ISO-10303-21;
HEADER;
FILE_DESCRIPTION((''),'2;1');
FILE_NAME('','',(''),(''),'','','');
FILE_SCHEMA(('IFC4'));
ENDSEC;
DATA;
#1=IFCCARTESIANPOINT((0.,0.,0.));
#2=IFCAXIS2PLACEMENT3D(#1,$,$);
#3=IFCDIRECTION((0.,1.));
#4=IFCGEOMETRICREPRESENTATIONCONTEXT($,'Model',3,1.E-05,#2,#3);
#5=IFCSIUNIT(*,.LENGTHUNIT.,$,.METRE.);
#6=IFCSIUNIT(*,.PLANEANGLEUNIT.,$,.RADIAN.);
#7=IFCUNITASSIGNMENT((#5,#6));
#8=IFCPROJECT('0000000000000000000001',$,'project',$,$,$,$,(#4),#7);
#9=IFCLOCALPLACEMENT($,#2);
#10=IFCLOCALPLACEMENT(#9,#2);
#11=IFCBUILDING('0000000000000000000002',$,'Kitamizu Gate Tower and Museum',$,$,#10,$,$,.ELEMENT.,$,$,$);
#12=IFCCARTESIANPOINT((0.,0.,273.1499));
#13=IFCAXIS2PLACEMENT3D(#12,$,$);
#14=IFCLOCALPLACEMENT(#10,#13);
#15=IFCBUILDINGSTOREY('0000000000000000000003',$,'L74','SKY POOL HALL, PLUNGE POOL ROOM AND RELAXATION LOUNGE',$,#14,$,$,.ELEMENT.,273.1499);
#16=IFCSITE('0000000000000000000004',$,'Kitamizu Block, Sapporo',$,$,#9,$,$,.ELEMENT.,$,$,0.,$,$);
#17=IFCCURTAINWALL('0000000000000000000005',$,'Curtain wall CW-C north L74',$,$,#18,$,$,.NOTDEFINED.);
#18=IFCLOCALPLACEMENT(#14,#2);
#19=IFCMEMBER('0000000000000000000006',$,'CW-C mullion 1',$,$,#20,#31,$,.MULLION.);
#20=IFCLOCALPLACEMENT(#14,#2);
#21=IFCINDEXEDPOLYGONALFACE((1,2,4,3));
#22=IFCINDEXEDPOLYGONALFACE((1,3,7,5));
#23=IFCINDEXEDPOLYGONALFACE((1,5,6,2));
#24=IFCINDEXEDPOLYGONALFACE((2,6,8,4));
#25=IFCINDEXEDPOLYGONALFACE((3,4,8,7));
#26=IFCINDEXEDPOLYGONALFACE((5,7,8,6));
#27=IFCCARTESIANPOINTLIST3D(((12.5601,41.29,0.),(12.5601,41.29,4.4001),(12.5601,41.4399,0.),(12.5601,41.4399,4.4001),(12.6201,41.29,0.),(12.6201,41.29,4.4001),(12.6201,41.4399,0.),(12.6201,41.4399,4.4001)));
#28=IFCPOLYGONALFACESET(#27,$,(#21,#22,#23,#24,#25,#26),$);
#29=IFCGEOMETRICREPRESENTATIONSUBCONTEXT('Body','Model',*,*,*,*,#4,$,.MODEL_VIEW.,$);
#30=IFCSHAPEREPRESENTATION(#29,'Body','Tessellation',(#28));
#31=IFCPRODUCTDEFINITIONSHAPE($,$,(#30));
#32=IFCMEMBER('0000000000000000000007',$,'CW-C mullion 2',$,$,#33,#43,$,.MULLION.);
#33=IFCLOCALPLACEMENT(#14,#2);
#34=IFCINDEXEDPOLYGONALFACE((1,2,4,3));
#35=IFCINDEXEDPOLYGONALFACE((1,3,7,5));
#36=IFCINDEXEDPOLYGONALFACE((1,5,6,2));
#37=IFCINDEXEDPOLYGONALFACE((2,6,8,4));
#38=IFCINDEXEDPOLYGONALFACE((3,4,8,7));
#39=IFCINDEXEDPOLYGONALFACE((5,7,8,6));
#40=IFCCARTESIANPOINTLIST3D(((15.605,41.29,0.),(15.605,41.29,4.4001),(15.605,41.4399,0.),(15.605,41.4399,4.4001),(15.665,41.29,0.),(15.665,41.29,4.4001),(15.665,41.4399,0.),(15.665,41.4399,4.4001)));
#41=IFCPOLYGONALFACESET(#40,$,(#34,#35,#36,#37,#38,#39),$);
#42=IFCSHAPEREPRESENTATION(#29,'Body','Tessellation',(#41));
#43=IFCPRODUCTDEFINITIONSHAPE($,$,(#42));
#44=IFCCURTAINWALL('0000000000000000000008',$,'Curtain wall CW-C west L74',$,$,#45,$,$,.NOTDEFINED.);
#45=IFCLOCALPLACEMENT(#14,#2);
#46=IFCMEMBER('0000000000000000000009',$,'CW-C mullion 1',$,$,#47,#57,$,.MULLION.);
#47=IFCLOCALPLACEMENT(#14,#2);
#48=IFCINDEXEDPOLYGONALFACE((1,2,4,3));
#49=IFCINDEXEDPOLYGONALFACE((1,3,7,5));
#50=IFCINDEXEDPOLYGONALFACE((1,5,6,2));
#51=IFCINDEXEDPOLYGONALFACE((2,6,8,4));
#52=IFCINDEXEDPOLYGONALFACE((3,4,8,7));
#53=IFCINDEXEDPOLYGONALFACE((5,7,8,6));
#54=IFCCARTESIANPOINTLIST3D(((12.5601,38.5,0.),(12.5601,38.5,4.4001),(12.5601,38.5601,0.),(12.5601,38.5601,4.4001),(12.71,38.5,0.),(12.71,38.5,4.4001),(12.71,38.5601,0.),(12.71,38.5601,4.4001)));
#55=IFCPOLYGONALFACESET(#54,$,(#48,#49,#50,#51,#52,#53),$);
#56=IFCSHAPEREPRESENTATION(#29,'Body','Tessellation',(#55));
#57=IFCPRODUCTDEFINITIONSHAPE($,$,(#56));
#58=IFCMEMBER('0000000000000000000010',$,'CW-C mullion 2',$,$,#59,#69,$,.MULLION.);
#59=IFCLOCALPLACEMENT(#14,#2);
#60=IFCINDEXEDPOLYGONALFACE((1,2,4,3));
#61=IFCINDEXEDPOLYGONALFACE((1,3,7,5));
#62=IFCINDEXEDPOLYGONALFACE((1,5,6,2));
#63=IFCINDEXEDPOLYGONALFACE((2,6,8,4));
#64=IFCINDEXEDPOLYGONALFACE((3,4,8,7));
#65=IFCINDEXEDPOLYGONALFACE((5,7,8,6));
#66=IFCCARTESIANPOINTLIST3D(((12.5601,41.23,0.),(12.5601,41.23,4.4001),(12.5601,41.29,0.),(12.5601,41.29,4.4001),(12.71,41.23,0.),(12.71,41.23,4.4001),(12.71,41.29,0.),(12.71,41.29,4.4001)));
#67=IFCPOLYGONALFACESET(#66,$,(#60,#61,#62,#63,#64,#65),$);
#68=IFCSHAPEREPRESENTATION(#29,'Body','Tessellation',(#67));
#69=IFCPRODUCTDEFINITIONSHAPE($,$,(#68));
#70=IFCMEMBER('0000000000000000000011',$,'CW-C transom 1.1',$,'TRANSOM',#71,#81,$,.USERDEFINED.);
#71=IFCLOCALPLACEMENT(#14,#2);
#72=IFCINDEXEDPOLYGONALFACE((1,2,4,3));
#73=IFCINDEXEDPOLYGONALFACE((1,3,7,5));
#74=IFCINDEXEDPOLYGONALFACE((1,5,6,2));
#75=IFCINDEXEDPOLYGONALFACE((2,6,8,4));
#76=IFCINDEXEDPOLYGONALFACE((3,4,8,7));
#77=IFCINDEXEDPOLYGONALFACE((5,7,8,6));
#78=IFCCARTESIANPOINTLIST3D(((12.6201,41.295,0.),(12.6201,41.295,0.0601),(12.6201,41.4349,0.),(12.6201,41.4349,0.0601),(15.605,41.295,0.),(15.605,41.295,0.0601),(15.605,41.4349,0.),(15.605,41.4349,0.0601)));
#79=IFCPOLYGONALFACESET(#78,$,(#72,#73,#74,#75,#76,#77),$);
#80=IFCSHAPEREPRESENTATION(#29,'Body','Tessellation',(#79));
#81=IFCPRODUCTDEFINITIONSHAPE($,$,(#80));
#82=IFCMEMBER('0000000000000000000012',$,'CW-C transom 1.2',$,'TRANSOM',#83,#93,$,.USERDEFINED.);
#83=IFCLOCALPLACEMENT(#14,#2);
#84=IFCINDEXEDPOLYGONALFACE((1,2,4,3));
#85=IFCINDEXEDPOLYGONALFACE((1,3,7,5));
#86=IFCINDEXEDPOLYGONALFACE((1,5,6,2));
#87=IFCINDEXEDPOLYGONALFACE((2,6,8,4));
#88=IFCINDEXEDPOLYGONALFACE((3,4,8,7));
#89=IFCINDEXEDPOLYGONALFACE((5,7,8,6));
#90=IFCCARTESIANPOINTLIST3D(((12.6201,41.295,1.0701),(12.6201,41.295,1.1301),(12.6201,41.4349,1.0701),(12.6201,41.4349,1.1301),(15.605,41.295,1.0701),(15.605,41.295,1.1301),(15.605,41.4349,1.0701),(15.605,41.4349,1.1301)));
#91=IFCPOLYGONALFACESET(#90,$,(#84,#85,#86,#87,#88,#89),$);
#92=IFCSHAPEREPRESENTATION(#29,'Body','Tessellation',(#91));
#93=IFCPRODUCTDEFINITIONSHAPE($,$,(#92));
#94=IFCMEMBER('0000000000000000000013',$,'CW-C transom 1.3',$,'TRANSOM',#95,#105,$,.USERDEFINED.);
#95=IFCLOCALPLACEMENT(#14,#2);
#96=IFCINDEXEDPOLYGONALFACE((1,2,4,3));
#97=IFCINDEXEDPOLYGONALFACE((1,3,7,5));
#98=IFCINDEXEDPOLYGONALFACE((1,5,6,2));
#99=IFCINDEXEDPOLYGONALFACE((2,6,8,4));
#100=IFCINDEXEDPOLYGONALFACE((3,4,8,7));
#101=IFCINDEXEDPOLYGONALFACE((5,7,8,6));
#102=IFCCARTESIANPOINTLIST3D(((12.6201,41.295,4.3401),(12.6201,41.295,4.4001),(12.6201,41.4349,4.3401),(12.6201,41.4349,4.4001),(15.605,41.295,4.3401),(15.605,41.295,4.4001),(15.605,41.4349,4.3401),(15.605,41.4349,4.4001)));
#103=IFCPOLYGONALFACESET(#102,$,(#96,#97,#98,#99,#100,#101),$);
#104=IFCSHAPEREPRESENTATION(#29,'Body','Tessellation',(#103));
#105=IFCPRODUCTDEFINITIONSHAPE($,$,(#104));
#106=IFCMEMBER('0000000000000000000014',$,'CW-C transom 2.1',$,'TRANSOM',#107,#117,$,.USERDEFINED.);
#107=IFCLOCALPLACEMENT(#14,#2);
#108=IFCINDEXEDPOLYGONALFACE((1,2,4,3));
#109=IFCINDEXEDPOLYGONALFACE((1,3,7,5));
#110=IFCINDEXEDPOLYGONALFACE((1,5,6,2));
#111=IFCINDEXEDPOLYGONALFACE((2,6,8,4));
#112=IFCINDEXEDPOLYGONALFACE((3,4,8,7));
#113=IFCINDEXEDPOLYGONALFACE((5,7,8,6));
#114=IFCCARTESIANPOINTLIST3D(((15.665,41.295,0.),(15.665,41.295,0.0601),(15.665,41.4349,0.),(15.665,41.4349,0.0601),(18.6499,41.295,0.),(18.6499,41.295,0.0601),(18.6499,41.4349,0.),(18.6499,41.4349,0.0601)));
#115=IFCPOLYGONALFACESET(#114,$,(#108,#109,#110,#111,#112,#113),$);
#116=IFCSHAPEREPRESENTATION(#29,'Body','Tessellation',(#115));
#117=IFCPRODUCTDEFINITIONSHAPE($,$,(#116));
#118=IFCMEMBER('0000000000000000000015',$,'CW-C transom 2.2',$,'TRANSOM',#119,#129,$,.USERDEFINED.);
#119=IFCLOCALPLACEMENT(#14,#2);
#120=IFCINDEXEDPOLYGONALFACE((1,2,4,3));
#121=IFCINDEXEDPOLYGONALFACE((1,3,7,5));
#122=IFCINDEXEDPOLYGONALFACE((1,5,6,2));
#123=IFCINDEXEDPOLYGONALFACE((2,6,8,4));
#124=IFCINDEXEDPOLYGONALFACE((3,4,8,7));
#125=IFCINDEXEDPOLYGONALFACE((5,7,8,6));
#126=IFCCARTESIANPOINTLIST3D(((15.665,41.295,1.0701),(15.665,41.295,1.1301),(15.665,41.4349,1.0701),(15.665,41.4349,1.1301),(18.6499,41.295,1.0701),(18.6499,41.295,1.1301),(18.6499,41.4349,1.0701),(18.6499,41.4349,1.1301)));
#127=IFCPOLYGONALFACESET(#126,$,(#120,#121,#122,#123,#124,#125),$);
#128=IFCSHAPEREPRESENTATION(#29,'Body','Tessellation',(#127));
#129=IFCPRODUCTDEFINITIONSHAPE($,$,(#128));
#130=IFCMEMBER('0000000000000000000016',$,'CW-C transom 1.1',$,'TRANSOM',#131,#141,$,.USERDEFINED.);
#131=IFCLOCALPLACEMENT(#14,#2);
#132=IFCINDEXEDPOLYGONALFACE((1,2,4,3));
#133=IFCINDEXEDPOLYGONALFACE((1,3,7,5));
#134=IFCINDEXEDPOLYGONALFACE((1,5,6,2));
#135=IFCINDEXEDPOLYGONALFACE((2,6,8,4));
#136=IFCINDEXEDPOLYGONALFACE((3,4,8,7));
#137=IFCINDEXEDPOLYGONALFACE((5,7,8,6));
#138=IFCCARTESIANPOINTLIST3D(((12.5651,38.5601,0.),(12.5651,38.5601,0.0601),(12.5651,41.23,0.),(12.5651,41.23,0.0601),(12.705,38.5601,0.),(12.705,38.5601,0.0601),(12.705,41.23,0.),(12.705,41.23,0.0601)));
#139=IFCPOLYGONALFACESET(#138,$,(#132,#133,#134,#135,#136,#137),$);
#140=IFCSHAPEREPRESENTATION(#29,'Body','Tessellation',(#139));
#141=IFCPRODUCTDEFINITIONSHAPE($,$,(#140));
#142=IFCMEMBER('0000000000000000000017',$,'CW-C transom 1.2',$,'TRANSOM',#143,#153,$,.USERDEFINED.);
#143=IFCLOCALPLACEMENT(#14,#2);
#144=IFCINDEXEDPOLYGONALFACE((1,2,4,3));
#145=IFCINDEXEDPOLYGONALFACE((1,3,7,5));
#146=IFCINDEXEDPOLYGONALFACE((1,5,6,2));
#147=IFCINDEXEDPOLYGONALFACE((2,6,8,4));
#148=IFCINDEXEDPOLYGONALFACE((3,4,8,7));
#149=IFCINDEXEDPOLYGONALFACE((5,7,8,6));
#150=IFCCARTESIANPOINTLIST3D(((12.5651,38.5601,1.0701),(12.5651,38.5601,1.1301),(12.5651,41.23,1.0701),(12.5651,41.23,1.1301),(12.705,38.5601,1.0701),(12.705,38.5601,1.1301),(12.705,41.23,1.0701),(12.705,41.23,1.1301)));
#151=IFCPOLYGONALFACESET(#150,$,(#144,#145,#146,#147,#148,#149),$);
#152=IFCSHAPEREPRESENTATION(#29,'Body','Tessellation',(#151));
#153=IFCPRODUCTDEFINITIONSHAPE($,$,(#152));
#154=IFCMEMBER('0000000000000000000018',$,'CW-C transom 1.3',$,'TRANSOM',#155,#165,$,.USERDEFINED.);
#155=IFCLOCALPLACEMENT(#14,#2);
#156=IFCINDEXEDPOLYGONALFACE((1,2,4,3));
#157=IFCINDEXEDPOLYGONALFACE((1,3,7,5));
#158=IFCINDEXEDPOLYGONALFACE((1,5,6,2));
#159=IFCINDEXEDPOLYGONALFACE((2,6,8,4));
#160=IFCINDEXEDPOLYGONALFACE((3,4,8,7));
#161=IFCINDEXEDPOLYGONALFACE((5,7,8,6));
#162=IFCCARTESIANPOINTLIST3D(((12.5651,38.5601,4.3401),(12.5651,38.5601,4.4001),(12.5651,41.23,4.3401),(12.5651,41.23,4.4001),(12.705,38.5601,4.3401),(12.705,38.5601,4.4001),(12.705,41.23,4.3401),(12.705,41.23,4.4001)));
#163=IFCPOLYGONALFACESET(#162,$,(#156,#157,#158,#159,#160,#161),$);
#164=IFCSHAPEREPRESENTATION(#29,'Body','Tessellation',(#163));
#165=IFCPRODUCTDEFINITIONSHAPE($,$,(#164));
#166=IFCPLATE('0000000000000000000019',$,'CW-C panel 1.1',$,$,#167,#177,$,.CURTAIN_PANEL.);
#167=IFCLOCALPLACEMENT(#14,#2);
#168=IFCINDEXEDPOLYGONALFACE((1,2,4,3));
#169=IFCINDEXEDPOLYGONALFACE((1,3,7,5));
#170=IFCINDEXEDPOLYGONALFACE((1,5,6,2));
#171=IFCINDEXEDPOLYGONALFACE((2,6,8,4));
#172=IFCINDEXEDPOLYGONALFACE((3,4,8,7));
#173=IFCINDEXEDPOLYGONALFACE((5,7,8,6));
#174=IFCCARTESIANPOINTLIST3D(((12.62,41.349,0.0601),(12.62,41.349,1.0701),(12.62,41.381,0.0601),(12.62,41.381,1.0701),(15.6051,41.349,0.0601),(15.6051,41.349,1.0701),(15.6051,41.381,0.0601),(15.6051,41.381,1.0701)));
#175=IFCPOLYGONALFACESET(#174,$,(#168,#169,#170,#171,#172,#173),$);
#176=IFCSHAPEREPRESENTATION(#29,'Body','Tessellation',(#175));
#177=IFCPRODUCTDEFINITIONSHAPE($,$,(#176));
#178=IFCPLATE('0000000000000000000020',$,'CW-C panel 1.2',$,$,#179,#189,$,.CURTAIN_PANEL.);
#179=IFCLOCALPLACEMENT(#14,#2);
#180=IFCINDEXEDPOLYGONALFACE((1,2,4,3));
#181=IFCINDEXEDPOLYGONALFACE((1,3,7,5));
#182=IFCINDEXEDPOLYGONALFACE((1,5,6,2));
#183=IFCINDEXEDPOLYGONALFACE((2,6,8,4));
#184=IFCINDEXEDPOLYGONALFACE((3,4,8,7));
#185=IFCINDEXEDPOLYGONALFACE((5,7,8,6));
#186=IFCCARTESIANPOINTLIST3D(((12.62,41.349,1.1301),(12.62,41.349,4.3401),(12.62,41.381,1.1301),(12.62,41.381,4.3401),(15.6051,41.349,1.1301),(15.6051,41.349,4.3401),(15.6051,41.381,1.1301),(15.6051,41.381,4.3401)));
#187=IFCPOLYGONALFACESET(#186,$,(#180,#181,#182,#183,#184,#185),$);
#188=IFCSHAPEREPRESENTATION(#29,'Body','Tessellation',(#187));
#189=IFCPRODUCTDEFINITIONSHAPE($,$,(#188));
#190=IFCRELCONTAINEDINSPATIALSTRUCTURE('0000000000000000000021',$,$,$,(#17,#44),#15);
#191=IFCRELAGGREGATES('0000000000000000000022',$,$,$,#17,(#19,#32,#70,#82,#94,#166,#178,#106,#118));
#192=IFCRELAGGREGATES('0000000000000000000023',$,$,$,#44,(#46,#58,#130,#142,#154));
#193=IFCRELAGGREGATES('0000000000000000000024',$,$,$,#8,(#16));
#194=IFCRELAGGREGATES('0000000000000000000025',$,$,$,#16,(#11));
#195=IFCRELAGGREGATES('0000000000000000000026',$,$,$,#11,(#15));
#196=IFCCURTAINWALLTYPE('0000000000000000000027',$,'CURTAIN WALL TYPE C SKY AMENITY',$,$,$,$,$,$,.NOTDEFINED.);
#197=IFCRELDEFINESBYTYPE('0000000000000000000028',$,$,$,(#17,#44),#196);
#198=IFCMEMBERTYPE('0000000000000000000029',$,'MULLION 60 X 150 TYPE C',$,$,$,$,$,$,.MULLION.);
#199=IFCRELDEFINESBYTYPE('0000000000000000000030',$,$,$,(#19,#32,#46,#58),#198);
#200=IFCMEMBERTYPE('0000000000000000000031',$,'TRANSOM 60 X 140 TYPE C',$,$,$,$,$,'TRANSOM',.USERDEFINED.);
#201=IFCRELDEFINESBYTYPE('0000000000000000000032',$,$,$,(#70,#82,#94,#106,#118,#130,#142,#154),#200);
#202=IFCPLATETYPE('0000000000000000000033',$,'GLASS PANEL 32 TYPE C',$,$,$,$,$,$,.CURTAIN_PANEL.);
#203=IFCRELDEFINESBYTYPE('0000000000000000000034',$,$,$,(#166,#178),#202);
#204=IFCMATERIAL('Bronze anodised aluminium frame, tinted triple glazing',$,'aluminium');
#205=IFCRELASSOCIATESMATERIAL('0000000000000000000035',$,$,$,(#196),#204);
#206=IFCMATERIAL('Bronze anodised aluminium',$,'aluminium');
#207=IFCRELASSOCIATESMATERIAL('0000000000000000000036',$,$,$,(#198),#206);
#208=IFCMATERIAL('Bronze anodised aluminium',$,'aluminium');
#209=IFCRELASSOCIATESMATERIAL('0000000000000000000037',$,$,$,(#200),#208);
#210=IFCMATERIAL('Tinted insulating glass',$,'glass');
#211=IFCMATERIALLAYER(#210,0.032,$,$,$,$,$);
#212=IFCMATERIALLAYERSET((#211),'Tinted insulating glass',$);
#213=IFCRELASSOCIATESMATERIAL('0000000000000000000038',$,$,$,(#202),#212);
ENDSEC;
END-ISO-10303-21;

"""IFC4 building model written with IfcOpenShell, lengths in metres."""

from ifc_helpers import new_model, si_unit, direction, frame, origin, origin_2d, place, context, subcontext, project, spatial, rectangle, extrude, material, layer, layer_set, material_profile, profile_set, type_object, element, aggregate, save


model = new_model("IFC4")

# Units and contexts
model_context = context("Model", 3, precision=1e-05, world=origin(), true_north=direction((0.0, 1.0)))
body_context = subcontext(model_context, "Body", "Model", "MODEL_VIEW")
ifc_project = project(units=[si_unit("LENGTHUNIT", "METRE"), si_unit("PLANEANGLEUNIT", "RADIAN")], contexts=[model_context])

# Site, building, storey
site_placement = place(None, origin())
site = spatial("IfcSite", under=ifc_project, at=site_placement, Name="Kitamizu Block, Sapporo", CompositionType="ELEMENT", RefElevation=0.0)
building_placement = place(site_placement, origin())
building = spatial("IfcBuilding", under=site, at=building_placement, Name="Kitamizu Gate Tower and Museum", CompositionType="ELEMENT")
storey_placement = place(building_placement, frame((0.0, 0.0, 273.1499)))
storey = spatial("IfcBuildingStorey", under=building, at=storey_placement, Name="L74", Description="SKY POOL HALL, PLUNGE POOL ROOM AND RELAXATION LOUNGE", CompositionType="ELEMENT", Elevation=273.1499)

# Curtain walls, members
ifc_material_1 = material(Name="Bronze anodised aluminium frame, tinted triple glazing", Category="aluminium")
curtain_wall_type = type_object("IfcCurtainWallType", Name="CURTAIN WALL TYPE C SKY AMENITY", PredefinedType="NOTDEFINED", material=ifc_material_1)
curtain_wall_1_placement = place(storey_placement, origin())
curtain_wall_1 = element("IfcCurtainWall", 1, at=curtain_wall_1_placement, inside=storey, type_object=curtain_wall_type, Name="Curtain wall CW-C north L74", PredefinedType="NOTDEFINED")
ifc_material_2 = material(Name="Bronze anodised aluminium", Category="aluminium")
ifc_material_profile_1 = material_profile(ifc_material_2, rectangle(XDim=0.0601, YDim=0.1499, at=origin_2d()), Name="AL 60X150")
ifc_profile_set_1 = profile_set([ifc_material_profile_1], Name="Bronze anodised aluminium")
member_type_1 = type_object("IfcMemberType", Name="MULLION 60 X 150 TYPE C", PredefinedType="MULLION", material=ifc_profile_set_1)
member_1_placement = place(storey_placement, frame((12.5901, 41.365, 0.0), z_axis=(0.0, 0.0, 1.0), x_axis=(1.0, 0.0, 0.0)))
member_1 = element("IfcMember", 2, at=member_1_placement, type_object=member_type_1, Name="CW-C mullion 1", PredefinedType="MULLION", context=body_context, shape_type="SweptSolid", body=[
    extrude(rectangle(XDim=0.0601, YDim=0.1499, at=origin_2d()), origin(), (0.0, 0.0, 1.0), 4.4001),
])
member_2_placement = place(storey_placement, frame((15.635, 41.365, 0.0), z_axis=(0.0, 0.0, 1.0), x_axis=(1.0, 0.0, 0.0)))
member_2 = element("IfcMember", 3, at=member_2_placement, type_object=member_type_1, Name="CW-C mullion 2", PredefinedType="MULLION", context=body_context, shape_type="SweptSolid", body=[
    extrude(rectangle(XDim=0.0601, YDim=0.1499, at=origin_2d()), origin(), (0.0, 0.0, 1.0), 4.4001),
])
curtain_wall_2_placement = place(storey_placement, origin())
curtain_wall_2 = element("IfcCurtainWall", 4, at=curtain_wall_2_placement, inside=storey, type_object=curtain_wall_type, Name="Curtain wall CW-C west L74", PredefinedType="NOTDEFINED")
member_3_placement = place(storey_placement, frame((12.635, 38.53, 0.0), z_axis=(0.0, 0.0, 1.0), x_axis=(0.0, 1.0, 0.0)))
member_3 = element("IfcMember", 5, at=member_3_placement, type_object=member_type_1, Name="CW-C mullion 1", PredefinedType="MULLION", context=body_context, shape_type="SweptSolid", body=[
    extrude(rectangle(XDim=0.0601, YDim=0.1499, at=origin_2d()), origin(), (0.0, 0.0, 1.0), 4.4001),
])
member_4_placement = place(storey_placement, frame((12.635, 41.26, 0.0), z_axis=(0.0, 0.0, 1.0), x_axis=(0.0, 1.0, 0.0)))
member_4 = element("IfcMember", 6, at=member_4_placement, type_object=member_type_1, Name="CW-C mullion 2", PredefinedType="MULLION", context=body_context, shape_type="SweptSolid", body=[
    extrude(rectangle(XDim=0.0601, YDim=0.1499, at=origin_2d()), origin(), (0.0, 0.0, 1.0), 4.4001),
])

# Members
ifc_material_3 = material(Name="Bronze anodised aluminium", Category="aluminium")
ifc_material_profile_2 = material_profile(ifc_material_3, rectangle(XDim=0.1399, YDim=0.0601, at=origin_2d()), Name="AL 60X140")
ifc_profile_set_2 = profile_set([ifc_material_profile_2], Name="Bronze anodised aluminium")
member_type_2 = type_object("IfcMemberType", Name="TRANSOM 60 X 140 TYPE C", ElementType="TRANSOM", PredefinedType="USERDEFINED", material=ifc_profile_set_2)
member_5_placement = place(storey_placement, frame((12.6201, 41.365, 0.03), z_axis=(1.0, 0.0, 0.0), x_axis=(0.0, 1.0, 0.0)))
member_5 = element("IfcMember", 7, at=member_5_placement, type_object=member_type_2, Name="CW-C transom 1.1", ObjectType="TRANSOM", PredefinedType="USERDEFINED", context=body_context, shape_type="SweptSolid", body=[
    extrude(rectangle(XDim=0.1399, YDim=0.0601, at=origin_2d()), origin(), (0.0, 0.0, 1.0), 2.9849),
])
member_6_placement = place(storey_placement, frame((12.6201, 41.365, 1.1001), z_axis=(1.0, 0.0, 0.0), x_axis=(0.0, 1.0, 0.0)))
member_6 = element("IfcMember", 8, at=member_6_placement, type_object=member_type_2, Name="CW-C transom 1.2", ObjectType="TRANSOM", PredefinedType="USERDEFINED", context=body_context, shape_type="SweptSolid", body=[
    extrude(rectangle(XDim=0.1399, YDim=0.0601, at=origin_2d()), origin(), (0.0, 0.0, 1.0), 2.9849),
])
member_7_placement = place(storey_placement, frame((12.6201, 41.365, 4.3701), z_axis=(1.0, 0.0, 0.0), x_axis=(0.0, 1.0, 0.0)))
member_7 = element("IfcMember", 9, at=member_7_placement, type_object=member_type_2, Name="CW-C transom 1.3", ObjectType="TRANSOM", PredefinedType="USERDEFINED", context=body_context, shape_type="SweptSolid", body=[
    extrude(rectangle(XDim=0.1399, YDim=0.0601, at=origin_2d()), origin(), (0.0, 0.0, 1.0), 2.9849),
])
member_8_placement = place(storey_placement, frame((15.665, 41.365, 0.03), z_axis=(1.0, 0.0, 0.0), x_axis=(0.0, 1.0, 0.0)))
member_8 = element("IfcMember", 10, at=member_8_placement, type_object=member_type_2, Name="CW-C transom 2.1", ObjectType="TRANSOM", PredefinedType="USERDEFINED", context=body_context, shape_type="SweptSolid", body=[
    extrude(rectangle(XDim=0.1399, YDim=0.0601, at=origin_2d()), origin(), (0.0, 0.0, 1.0), 2.9849),
])
member_9_placement = place(storey_placement, frame((15.665, 41.365, 1.1001), z_axis=(1.0, 0.0, 0.0), x_axis=(0.0, 1.0, 0.0)))
member_9 = element("IfcMember", 11, at=member_9_placement, type_object=member_type_2, Name="CW-C transom 2.2", ObjectType="TRANSOM", PredefinedType="USERDEFINED", context=body_context, shape_type="SweptSolid", body=[
    extrude(rectangle(XDim=0.1399, YDim=0.0601, at=origin_2d()), origin(), (0.0, 0.0, 1.0), 2.9849),
])
member_10_placement = place(storey_placement, frame((12.635, 38.5601, 0.03), z_axis=(0.0, 1.0, 0.0), x_axis=(-1.0, 0.0, 0.0)))
member_10 = element("IfcMember", 12, at=member_10_placement, type_object=member_type_2, Name="CW-C transom 1.1", ObjectType="TRANSOM", PredefinedType="USERDEFINED", context=body_context, shape_type="SweptSolid", body=[
    extrude(rectangle(XDim=0.1399, YDim=0.0601, at=origin_2d()), origin(), (0.0, 0.0, 1.0), 2.6699),
])
member_11_placement = place(storey_placement, frame((12.635, 38.5601, 1.1001), z_axis=(0.0, 1.0, 0.0), x_axis=(-1.0, 0.0, 0.0)))
member_11 = element("IfcMember", 13, at=member_11_placement, type_object=member_type_2, Name="CW-C transom 1.2", ObjectType="TRANSOM", PredefinedType="USERDEFINED", context=body_context, shape_type="SweptSolid", body=[
    extrude(rectangle(XDim=0.1399, YDim=0.0601, at=origin_2d()), origin(), (0.0, 0.0, 1.0), 2.6699),
])
member_12_placement = place(storey_placement, frame((12.635, 38.5601, 4.3701), z_axis=(0.0, 1.0, 0.0), x_axis=(-1.0, 0.0, 0.0)))
member_12 = element("IfcMember", 14, at=member_12_placement, type_object=member_type_2, Name="CW-C transom 1.3", ObjectType="TRANSOM", PredefinedType="USERDEFINED", context=body_context, shape_type="SweptSolid", body=[
    extrude(rectangle(XDim=0.1399, YDim=0.0601, at=origin_2d()), origin(), (0.0, 0.0, 1.0), 2.6699),
])

# Plates
ifc_material_4 = material(Name="Tinted insulating glass", Category="glass")
ifc_layer_1 = layer(ifc_material_4, 0.032)
ifc_layer_set_1 = layer_set([ifc_layer_1], Name="Tinted insulating glass")
plate_type = type_object("IfcPlateType", Name="GLASS PANEL 32 TYPE C", PredefinedType="CURTAIN_PANEL", material=ifc_layer_set_1)
plate_1_placement = place(storey_placement, frame((14.1125, 41.365, 0.0601), z_axis=(0.0, 0.0, 1.0), x_axis=(1.0, 0.0, 0.0)))
plate_1 = element("IfcPlate", 15, at=plate_1_placement, type_object=plate_type, Name="CW-C panel 1.1", PredefinedType="CURTAIN_PANEL", context=body_context, shape_type="SweptSolid", body=[
    extrude(rectangle(XDim=2.9851, YDim=0.032, at=origin_2d()), origin(), (0.0, 0.0, 1.0), 1.01),
])
plate_2_placement = place(storey_placement, frame((14.1125, 41.365, 1.1301), z_axis=(0.0, 0.0, 1.0), x_axis=(1.0, 0.0, 0.0)))
plate_2 = element("IfcPlate", 16, at=plate_2_placement, type_object=plate_type, Name="CW-C panel 1.2", PredefinedType="CURTAIN_PANEL", context=body_context, shape_type="SweptSolid", body=[
    extrude(rectangle(XDim=2.9851, YDim=0.032, at=origin_2d()), origin(), (0.0, 0.0, 1.0), 3.21),
])
aggregate(curtain_wall_1, [member_1, member_2, member_5, member_6, member_7, plate_1, plate_2, member_8, member_9])
aggregate(curtain_wall_2, [member_3, member_4, member_10, member_11, member_12])

save(model, "model.ifc")
